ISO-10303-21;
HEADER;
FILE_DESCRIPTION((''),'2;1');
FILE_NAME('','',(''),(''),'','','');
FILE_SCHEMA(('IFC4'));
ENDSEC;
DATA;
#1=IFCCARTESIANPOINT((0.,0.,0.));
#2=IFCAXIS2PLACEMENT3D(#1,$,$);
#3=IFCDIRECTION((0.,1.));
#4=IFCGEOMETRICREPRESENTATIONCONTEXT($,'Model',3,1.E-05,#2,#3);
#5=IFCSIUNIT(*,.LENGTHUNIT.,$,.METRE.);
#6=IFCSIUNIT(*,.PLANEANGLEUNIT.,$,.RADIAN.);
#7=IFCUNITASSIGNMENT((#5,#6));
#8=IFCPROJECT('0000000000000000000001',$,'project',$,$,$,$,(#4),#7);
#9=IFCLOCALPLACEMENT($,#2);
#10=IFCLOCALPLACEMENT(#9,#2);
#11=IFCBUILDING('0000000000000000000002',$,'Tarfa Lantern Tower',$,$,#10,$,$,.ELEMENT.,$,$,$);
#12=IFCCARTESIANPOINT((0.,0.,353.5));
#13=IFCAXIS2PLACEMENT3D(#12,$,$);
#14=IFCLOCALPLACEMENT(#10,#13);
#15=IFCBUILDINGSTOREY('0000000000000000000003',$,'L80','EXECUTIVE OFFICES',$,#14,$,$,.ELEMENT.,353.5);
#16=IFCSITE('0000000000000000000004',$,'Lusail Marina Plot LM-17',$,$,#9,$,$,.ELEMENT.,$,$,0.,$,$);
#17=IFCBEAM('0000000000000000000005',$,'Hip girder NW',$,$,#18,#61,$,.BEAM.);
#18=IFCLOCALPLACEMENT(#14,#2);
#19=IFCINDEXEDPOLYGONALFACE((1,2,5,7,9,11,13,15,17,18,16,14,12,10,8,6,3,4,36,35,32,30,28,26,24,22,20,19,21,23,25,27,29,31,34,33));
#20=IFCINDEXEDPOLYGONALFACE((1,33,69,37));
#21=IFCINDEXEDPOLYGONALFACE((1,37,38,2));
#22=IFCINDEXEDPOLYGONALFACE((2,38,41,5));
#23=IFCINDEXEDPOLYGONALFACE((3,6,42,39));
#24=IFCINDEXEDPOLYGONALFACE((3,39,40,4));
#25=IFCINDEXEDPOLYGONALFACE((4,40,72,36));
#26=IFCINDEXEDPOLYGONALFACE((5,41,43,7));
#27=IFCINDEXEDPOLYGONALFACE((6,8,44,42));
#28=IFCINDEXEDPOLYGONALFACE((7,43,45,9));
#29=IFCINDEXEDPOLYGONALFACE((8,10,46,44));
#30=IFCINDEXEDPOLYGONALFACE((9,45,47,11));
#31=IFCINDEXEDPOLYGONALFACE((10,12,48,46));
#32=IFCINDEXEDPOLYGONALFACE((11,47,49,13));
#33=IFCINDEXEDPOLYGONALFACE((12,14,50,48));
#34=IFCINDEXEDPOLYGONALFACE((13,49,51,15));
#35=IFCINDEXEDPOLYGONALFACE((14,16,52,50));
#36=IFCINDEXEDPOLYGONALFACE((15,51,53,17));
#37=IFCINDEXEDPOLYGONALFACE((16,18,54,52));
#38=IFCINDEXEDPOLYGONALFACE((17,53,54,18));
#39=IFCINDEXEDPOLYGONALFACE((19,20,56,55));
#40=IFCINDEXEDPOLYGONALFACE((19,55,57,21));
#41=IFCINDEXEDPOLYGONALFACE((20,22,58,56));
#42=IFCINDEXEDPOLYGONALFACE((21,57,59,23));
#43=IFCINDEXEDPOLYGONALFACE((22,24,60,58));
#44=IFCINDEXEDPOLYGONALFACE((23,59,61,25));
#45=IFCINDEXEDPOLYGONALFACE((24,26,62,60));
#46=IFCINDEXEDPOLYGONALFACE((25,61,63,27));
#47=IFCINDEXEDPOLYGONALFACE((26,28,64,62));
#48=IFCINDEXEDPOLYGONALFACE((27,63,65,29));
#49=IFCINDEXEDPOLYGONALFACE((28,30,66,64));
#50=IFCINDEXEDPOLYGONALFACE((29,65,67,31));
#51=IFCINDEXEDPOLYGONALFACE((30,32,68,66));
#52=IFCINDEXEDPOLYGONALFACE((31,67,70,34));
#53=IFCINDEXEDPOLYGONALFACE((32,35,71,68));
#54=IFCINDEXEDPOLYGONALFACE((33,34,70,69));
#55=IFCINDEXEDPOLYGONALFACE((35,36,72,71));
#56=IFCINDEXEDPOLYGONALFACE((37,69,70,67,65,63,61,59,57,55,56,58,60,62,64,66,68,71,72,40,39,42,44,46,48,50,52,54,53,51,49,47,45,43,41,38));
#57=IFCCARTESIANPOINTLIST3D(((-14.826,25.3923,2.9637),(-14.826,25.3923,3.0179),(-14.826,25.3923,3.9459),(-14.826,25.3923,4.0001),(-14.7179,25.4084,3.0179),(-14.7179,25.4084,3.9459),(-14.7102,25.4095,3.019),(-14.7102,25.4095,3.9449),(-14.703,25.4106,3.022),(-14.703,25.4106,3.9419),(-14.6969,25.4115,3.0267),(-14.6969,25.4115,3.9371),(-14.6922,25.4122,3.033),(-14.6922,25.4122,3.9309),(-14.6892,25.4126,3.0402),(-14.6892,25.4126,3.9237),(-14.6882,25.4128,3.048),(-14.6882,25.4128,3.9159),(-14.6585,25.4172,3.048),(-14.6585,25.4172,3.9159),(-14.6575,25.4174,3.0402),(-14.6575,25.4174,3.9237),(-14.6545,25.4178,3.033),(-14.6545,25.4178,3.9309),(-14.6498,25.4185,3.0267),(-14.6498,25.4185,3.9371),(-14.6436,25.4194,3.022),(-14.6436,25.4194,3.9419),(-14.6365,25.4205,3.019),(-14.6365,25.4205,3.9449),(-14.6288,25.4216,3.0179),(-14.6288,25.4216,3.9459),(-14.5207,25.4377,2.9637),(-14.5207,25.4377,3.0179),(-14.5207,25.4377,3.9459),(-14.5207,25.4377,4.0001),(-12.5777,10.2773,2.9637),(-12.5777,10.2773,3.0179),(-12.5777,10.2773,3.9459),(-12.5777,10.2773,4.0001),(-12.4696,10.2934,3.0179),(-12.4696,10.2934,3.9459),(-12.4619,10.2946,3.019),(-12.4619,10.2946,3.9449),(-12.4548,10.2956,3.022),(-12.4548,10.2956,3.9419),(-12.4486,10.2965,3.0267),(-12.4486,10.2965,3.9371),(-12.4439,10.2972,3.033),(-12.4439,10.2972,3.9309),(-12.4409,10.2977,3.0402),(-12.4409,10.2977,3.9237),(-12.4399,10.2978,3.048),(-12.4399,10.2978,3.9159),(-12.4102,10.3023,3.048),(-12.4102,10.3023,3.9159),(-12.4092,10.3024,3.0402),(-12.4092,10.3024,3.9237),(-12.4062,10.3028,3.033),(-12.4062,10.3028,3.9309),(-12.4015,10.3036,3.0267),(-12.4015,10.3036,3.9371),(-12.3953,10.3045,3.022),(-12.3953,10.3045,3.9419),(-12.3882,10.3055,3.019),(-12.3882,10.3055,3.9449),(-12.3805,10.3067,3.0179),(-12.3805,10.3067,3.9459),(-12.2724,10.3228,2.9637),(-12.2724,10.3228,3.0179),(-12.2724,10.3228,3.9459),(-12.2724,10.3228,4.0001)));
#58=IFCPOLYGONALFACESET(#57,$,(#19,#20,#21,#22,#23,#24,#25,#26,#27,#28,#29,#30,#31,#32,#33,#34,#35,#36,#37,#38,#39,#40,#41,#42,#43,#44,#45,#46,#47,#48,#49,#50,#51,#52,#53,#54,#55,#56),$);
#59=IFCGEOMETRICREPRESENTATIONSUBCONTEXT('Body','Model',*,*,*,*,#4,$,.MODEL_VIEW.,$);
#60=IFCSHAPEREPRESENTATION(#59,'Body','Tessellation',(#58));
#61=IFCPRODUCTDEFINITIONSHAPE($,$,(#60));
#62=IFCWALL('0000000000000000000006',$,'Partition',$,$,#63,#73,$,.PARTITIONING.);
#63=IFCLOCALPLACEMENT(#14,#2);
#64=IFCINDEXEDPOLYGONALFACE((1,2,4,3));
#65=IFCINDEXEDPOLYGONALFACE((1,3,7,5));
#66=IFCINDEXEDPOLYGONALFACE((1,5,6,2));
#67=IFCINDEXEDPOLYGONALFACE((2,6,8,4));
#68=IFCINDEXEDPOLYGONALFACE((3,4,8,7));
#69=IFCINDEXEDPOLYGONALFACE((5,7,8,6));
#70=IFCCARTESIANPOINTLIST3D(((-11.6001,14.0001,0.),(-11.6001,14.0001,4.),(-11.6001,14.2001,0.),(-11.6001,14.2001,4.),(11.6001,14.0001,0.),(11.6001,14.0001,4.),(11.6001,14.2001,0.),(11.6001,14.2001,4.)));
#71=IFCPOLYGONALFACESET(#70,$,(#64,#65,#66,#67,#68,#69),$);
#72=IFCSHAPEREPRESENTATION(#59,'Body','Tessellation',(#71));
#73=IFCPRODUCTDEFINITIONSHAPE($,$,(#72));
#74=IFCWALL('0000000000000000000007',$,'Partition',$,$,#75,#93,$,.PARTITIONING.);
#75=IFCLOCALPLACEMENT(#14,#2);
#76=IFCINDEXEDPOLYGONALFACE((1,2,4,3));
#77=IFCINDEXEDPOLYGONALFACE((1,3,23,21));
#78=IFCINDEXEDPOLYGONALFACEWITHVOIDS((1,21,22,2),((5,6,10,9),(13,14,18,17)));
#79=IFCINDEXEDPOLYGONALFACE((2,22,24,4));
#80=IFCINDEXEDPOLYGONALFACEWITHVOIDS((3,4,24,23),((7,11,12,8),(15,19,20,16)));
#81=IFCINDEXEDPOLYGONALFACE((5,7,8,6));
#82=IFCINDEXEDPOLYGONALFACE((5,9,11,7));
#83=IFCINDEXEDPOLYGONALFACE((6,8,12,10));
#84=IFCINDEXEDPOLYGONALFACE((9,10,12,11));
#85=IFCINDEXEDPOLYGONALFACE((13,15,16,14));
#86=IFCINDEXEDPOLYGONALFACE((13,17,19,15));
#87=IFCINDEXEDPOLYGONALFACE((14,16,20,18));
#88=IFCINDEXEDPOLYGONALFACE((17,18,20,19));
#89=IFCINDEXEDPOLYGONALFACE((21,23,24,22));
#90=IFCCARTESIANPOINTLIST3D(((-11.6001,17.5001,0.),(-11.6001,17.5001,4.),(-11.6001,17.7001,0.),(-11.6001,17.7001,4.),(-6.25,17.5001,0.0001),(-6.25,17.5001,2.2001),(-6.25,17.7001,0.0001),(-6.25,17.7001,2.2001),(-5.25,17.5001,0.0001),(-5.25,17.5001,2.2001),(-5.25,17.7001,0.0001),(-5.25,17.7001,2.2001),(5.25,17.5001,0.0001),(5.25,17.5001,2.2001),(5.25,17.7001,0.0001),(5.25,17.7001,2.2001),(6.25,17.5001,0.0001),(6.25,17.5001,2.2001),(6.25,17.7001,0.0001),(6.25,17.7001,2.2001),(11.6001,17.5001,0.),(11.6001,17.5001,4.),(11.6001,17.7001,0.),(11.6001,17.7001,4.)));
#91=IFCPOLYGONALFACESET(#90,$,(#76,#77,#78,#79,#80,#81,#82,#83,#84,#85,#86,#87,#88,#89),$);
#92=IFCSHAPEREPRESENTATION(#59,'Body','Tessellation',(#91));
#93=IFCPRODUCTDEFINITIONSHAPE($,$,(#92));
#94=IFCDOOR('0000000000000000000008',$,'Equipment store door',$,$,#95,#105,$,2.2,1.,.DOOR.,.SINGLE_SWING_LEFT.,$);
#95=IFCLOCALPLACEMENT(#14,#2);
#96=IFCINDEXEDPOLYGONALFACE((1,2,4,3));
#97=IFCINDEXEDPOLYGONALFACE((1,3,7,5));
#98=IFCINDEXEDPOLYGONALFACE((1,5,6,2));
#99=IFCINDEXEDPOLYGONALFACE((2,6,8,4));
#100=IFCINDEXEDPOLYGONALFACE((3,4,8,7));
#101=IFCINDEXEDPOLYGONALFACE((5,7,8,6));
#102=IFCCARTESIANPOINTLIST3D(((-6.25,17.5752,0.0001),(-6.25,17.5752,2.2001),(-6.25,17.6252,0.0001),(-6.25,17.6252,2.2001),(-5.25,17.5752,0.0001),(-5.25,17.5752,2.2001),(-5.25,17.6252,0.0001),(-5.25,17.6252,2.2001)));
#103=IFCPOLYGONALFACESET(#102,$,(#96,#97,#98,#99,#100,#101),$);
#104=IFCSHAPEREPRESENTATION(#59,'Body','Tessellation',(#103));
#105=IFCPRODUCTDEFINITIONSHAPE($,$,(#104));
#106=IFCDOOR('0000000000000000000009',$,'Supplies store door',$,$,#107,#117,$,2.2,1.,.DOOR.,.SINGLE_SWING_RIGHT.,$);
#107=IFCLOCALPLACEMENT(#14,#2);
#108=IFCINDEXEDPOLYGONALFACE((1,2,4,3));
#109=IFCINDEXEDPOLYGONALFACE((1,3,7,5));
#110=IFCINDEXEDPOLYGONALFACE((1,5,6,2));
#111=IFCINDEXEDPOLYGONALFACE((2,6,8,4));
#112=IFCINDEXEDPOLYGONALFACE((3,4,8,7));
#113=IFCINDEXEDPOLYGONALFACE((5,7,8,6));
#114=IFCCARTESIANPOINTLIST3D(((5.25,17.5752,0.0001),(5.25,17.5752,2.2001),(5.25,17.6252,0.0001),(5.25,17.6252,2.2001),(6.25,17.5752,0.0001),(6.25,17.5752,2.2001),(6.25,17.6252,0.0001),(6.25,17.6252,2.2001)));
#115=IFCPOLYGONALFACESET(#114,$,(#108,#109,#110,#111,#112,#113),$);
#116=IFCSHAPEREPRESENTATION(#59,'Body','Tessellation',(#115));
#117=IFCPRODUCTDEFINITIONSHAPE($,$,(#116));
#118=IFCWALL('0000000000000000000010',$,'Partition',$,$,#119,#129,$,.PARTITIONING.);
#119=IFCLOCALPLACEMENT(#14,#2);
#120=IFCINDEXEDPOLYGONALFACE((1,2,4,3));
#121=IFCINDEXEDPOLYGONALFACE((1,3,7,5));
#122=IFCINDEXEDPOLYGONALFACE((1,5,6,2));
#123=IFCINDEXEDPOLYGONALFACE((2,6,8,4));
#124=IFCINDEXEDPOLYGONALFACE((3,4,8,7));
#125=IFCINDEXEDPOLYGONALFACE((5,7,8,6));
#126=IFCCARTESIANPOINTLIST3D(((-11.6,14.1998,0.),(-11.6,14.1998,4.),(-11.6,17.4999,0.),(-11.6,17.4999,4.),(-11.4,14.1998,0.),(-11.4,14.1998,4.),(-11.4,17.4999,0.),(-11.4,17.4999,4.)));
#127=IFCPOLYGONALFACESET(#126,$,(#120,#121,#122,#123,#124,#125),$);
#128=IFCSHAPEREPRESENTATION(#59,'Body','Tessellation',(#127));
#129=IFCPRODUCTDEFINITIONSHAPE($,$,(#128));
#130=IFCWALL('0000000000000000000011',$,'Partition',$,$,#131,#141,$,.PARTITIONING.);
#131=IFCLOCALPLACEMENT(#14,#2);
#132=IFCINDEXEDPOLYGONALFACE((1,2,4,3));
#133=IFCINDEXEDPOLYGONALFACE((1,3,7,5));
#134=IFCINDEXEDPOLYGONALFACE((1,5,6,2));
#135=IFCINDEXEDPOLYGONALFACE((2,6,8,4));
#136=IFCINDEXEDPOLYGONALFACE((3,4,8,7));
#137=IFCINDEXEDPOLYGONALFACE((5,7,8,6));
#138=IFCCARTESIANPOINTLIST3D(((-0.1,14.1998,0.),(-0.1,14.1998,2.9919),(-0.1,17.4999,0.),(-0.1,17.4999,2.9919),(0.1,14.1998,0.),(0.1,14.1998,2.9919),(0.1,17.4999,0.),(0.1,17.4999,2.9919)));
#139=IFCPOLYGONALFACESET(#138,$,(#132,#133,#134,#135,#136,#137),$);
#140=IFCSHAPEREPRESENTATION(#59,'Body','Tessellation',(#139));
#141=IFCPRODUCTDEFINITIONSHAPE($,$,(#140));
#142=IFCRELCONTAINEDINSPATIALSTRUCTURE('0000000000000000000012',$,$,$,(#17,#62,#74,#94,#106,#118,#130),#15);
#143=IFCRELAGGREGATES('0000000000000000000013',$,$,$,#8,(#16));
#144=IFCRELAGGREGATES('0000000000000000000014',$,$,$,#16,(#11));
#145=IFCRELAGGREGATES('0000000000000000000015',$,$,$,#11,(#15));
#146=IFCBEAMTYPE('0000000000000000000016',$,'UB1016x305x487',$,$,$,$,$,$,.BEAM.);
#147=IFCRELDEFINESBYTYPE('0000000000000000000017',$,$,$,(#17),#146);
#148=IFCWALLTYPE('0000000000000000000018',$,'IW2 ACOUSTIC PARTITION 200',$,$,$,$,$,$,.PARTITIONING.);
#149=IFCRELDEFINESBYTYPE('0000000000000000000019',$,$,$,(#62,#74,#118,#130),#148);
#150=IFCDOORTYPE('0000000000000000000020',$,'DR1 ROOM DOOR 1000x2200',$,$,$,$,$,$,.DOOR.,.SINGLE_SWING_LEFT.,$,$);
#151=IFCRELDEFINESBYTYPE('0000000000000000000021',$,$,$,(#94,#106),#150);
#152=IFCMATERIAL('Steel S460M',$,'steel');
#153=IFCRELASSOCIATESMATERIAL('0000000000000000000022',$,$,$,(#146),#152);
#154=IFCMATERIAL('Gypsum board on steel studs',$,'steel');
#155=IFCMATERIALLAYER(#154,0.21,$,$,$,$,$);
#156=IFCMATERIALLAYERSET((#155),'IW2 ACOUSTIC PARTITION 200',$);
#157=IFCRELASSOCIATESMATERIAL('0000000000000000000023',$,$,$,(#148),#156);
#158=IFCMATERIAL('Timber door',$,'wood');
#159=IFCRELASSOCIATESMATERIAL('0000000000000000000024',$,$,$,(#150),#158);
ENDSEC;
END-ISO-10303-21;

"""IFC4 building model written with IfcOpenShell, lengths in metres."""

from ifc_helpers import new_model, si_unit, direction, frame, frame_2d, origin, origin_2d, place, context, subcontext, project, spatial, rectangle, i_section, extrude, material, layer, layer_set, material_profile, profile_set, type_object, element, fill, save


model = new_model("IFC4")

# Units and contexts
model_context = context("Model", 3, precision=1e-05, world=origin(), true_north=direction((0.0, 1.0)))
body_context = subcontext(model_context, "Body", "Model", "MODEL_VIEW")
ifc_project = project(units=[si_unit("LENGTHUNIT", "METRE"), si_unit("PLANEANGLEUNIT", "RADIAN")], contexts=[model_context])

# Site, building, storey
site_placement = place(None, origin())
site = spatial("IfcSite", under=ifc_project, at=site_placement, Name="Lusail Marina Plot LM-17", CompositionType="ELEMENT", RefElevation=0.0)
building_placement = place(site_placement, origin())
building = spatial("IfcBuilding", under=site, at=building_placement, Name="Tarfa Lantern Tower", CompositionType="ELEMENT")
storey_placement = place(building_placement, frame((0.0, 0.0, 353.5)))
storey = spatial("IfcBuildingStorey", under=building, at=storey_placement, Name="L80", Description="EXECUTIVE OFFICES", CompositionType="ELEMENT", Elevation=353.5)

# Beam
ifc_material_1 = material(Name="Steel S460M", Category="steel")
ifc_material_profile = material_profile(ifc_material_1, i_section(OverallWidth=0.3086, OverallDepth=1.0364, WebThickness=0.03, FlangeThickness=0.0542, FilletRadius=0.03, at=origin_2d()), Name="UB1016x305x487")
ifc_profile_set = profile_set([ifc_material_profile], Name="Steel S460M")
beam_type = type_object("IfcBeamType", Name="UB1016x305x487", PredefinedType="BEAM", material=ifc_profile_set)
beam_placement = place(storey_placement, frame((-12.425, 10.3, 3.4819), z_axis=(-0.147127, 0.989118, 0.0), x_axis=(-0.989118, -0.147127, 0.0)))
element("IfcBeam", 1, at=beam_placement, inside=storey, type_object=beam_type, Name="Hip girder NW", PredefinedType="BEAM", context=body_context, shape_type="SweptSolid", body=[
    extrude(i_section(OverallWidth=0.3086, OverallDepth=1.0364, WebThickness=0.03, FlangeThickness=0.0542, FilletRadius=0.03, at=origin_2d()), origin(), (0.0, 0.0, 1.0), 15.2812),
])

# Wall
ifc_material_2 = material(Name="Gypsum board on steel studs", Category="steel")
ifc_layer_1 = layer(ifc_material_2, 0.21)
ifc_layer_set_1 = layer_set([ifc_layer_1], Name="IW2 ACOUSTIC PARTITION 200")
wall_type_1 = type_object("IfcWallType", Name="IW2 ACOUSTIC PARTITION 200", PredefinedType="PARTITIONING", material=ifc_layer_set_1)
wall_1_placement = place(storey_placement, frame((-11.6001, 14.1001, 0.0), z_axis=(0.0, 0.0, 1.0), x_axis=(1.0, 0.0, 0.0)))
element("IfcWall", 2, at=wall_1_placement, inside=storey, type_object=wall_type_1, Name="Partition", PredefinedType="PARTITIONING", context=body_context, shape_type="SweptSolid", body=[
    extrude(rectangle(XDim=23.2002, YDim=0.2, at=frame_2d((11.6001, 0.0))), origin(), (0.0, 0.0, 1.0), 4.0),
])

# Wall, openings, doors
wall_2_placement = place(storey_placement, frame((-11.6001, 17.6001, 0.0), z_axis=(0.0, 0.0, 1.0), x_axis=(1.0, 0.0, 0.0)))
wall_2 = element("IfcWall", 3, at=wall_2_placement, inside=storey, type_object=wall_type_1, Name="Partition", PredefinedType="PARTITIONING", context=body_context, shape_type="SweptSolid", body=[
    extrude(rectangle(XDim=23.2002, YDim=0.2, at=frame_2d((11.6001, 0.0))), origin(), (0.0, 0.0, 1.0), 4.0),
])
opening_1_placement = place(wall_2_placement, frame((5.3501, 0.0, 0.0)))
opening_1 = element("IfcOpeningElement", 4, at=opening_1_placement, cuts=wall_2, PredefinedType="OPENING", context=body_context, shape_type="SweptSolid", body=[
    extrude(rectangle(XDim=1.0, YDim=2.2, at=frame_2d((0.5, 1.1001))), frame((0.0, 0.1099, 0.0), z_axis=(0.0, -1.0, 0.0), x_axis=(1.0, 0.0, 0.0)), (0.0, 0.0, 1.0), 0.22),
])
opening_2_placement = place(wall_2_placement, frame((16.8501, 0.0, 0.0)))
opening_2 = element("IfcOpeningElement", 5, at=opening_2_placement, cuts=wall_2, PredefinedType="OPENING", context=body_context, shape_type="SweptSolid", body=[
    extrude(rectangle(XDim=1.0, YDim=2.2, at=frame_2d((0.5, 1.1001))), frame((0.0, 0.1099, 0.0), z_axis=(0.0, -1.0, 0.0), x_axis=(1.0, 0.0, 0.0)), (0.0, 0.0, 1.0), 0.22),
])
ifc_material_3 = material(Name="Timber door", Category="wood")
door_type_1 = type_object("IfcDoorType", Name="DR1 ROOM DOOR 1000x2200", OperationType="SINGLE_SWING_LEFT", PredefinedType="DOOR", material=ifc_material_3)
door_1_placement = place(opening_1_placement, frame((1.0, 0.0, 0.0), z_axis=(0.0, 0.0, 1.0), x_axis=(-1.0, 0.0, 0.0)))
door_1 = element("IfcDoor", 6, at=door_1_placement, inside=storey, type_object=door_type_1, Name="Equipment store door", OperationType="SINGLE_SWING_LEFT", OverallHeight=2.2, OverallWidth=1.0, PredefinedType="DOOR", context=body_context, shape_type="SweptSolid", body=[
    extrude(rectangle(XDim=1.0, YDim=2.2, at=frame_2d((0.5, 1.1001))), frame((0.0, 0.0249, 0.0), z_axis=(0.0, -1.0, 0.0), x_axis=(1.0, 0.0, 0.0)), (0.0, 0.0, 1.0), 0.05),
])
fill(opening_1, door_1)
door_2_placement = place(opening_2_placement, frame((1.0, 0.0, 0.0), z_axis=(0.0, 0.0, 1.0), x_axis=(-1.0, 0.0, 0.0)))
door_2 = element("IfcDoor", 7, at=door_2_placement, inside=storey, type_object=door_type_1, Name="Supplies store door", OperationType="SINGLE_SWING_RIGHT", OverallHeight=2.2, OverallWidth=1.0, PredefinedType="DOOR", context=body_context, shape_type="SweptSolid", body=[
    extrude(rectangle(XDim=1.0, YDim=2.2, at=frame_2d((0.5, 1.1001))), frame((0.0, 0.0249, 0.0), z_axis=(0.0, -1.0, 0.0), x_axis=(1.0, 0.0, 0.0)), (0.0, 0.0, 1.0), 0.05),
])
fill(opening_2, door_2)

# Walls
wall_3_placement = place(storey_placement, frame((-11.5, 14.2, 0.0), z_axis=(0.0, 0.0, 1.0), x_axis=(0.0, 1.0, 0.0)))
element("IfcWall", 8, at=wall_3_placement, inside=storey, type_object=wall_type_1, Name="Partition", PredefinedType="PARTITIONING", context=body_context, shape_type="SweptSolid", body=[
    extrude(rectangle(XDim=3.3, YDim=0.2, at=frame_2d((1.6499, 0.0))), origin(), (0.0, 0.0, 1.0), 4.0),
])
wall_4_placement = place(storey_placement, frame((0.0, 14.2, 0.0), z_axis=(0.0, 0.0, 1.0), x_axis=(0.0, 1.0, 0.0)))
element("IfcWall", 9, at=wall_4_placement, inside=storey, type_object=wall_type_1, Name="Partition", PredefinedType="PARTITIONING", context=body_context, shape_type="SweptSolid", body=[
    extrude(rectangle(XDim=3.3, YDim=0.2, at=frame_2d((1.6499, 0.0))), origin(), (0.0, 0.0, 1.0), 2.9919),
])

save(model, "model.ifc")
